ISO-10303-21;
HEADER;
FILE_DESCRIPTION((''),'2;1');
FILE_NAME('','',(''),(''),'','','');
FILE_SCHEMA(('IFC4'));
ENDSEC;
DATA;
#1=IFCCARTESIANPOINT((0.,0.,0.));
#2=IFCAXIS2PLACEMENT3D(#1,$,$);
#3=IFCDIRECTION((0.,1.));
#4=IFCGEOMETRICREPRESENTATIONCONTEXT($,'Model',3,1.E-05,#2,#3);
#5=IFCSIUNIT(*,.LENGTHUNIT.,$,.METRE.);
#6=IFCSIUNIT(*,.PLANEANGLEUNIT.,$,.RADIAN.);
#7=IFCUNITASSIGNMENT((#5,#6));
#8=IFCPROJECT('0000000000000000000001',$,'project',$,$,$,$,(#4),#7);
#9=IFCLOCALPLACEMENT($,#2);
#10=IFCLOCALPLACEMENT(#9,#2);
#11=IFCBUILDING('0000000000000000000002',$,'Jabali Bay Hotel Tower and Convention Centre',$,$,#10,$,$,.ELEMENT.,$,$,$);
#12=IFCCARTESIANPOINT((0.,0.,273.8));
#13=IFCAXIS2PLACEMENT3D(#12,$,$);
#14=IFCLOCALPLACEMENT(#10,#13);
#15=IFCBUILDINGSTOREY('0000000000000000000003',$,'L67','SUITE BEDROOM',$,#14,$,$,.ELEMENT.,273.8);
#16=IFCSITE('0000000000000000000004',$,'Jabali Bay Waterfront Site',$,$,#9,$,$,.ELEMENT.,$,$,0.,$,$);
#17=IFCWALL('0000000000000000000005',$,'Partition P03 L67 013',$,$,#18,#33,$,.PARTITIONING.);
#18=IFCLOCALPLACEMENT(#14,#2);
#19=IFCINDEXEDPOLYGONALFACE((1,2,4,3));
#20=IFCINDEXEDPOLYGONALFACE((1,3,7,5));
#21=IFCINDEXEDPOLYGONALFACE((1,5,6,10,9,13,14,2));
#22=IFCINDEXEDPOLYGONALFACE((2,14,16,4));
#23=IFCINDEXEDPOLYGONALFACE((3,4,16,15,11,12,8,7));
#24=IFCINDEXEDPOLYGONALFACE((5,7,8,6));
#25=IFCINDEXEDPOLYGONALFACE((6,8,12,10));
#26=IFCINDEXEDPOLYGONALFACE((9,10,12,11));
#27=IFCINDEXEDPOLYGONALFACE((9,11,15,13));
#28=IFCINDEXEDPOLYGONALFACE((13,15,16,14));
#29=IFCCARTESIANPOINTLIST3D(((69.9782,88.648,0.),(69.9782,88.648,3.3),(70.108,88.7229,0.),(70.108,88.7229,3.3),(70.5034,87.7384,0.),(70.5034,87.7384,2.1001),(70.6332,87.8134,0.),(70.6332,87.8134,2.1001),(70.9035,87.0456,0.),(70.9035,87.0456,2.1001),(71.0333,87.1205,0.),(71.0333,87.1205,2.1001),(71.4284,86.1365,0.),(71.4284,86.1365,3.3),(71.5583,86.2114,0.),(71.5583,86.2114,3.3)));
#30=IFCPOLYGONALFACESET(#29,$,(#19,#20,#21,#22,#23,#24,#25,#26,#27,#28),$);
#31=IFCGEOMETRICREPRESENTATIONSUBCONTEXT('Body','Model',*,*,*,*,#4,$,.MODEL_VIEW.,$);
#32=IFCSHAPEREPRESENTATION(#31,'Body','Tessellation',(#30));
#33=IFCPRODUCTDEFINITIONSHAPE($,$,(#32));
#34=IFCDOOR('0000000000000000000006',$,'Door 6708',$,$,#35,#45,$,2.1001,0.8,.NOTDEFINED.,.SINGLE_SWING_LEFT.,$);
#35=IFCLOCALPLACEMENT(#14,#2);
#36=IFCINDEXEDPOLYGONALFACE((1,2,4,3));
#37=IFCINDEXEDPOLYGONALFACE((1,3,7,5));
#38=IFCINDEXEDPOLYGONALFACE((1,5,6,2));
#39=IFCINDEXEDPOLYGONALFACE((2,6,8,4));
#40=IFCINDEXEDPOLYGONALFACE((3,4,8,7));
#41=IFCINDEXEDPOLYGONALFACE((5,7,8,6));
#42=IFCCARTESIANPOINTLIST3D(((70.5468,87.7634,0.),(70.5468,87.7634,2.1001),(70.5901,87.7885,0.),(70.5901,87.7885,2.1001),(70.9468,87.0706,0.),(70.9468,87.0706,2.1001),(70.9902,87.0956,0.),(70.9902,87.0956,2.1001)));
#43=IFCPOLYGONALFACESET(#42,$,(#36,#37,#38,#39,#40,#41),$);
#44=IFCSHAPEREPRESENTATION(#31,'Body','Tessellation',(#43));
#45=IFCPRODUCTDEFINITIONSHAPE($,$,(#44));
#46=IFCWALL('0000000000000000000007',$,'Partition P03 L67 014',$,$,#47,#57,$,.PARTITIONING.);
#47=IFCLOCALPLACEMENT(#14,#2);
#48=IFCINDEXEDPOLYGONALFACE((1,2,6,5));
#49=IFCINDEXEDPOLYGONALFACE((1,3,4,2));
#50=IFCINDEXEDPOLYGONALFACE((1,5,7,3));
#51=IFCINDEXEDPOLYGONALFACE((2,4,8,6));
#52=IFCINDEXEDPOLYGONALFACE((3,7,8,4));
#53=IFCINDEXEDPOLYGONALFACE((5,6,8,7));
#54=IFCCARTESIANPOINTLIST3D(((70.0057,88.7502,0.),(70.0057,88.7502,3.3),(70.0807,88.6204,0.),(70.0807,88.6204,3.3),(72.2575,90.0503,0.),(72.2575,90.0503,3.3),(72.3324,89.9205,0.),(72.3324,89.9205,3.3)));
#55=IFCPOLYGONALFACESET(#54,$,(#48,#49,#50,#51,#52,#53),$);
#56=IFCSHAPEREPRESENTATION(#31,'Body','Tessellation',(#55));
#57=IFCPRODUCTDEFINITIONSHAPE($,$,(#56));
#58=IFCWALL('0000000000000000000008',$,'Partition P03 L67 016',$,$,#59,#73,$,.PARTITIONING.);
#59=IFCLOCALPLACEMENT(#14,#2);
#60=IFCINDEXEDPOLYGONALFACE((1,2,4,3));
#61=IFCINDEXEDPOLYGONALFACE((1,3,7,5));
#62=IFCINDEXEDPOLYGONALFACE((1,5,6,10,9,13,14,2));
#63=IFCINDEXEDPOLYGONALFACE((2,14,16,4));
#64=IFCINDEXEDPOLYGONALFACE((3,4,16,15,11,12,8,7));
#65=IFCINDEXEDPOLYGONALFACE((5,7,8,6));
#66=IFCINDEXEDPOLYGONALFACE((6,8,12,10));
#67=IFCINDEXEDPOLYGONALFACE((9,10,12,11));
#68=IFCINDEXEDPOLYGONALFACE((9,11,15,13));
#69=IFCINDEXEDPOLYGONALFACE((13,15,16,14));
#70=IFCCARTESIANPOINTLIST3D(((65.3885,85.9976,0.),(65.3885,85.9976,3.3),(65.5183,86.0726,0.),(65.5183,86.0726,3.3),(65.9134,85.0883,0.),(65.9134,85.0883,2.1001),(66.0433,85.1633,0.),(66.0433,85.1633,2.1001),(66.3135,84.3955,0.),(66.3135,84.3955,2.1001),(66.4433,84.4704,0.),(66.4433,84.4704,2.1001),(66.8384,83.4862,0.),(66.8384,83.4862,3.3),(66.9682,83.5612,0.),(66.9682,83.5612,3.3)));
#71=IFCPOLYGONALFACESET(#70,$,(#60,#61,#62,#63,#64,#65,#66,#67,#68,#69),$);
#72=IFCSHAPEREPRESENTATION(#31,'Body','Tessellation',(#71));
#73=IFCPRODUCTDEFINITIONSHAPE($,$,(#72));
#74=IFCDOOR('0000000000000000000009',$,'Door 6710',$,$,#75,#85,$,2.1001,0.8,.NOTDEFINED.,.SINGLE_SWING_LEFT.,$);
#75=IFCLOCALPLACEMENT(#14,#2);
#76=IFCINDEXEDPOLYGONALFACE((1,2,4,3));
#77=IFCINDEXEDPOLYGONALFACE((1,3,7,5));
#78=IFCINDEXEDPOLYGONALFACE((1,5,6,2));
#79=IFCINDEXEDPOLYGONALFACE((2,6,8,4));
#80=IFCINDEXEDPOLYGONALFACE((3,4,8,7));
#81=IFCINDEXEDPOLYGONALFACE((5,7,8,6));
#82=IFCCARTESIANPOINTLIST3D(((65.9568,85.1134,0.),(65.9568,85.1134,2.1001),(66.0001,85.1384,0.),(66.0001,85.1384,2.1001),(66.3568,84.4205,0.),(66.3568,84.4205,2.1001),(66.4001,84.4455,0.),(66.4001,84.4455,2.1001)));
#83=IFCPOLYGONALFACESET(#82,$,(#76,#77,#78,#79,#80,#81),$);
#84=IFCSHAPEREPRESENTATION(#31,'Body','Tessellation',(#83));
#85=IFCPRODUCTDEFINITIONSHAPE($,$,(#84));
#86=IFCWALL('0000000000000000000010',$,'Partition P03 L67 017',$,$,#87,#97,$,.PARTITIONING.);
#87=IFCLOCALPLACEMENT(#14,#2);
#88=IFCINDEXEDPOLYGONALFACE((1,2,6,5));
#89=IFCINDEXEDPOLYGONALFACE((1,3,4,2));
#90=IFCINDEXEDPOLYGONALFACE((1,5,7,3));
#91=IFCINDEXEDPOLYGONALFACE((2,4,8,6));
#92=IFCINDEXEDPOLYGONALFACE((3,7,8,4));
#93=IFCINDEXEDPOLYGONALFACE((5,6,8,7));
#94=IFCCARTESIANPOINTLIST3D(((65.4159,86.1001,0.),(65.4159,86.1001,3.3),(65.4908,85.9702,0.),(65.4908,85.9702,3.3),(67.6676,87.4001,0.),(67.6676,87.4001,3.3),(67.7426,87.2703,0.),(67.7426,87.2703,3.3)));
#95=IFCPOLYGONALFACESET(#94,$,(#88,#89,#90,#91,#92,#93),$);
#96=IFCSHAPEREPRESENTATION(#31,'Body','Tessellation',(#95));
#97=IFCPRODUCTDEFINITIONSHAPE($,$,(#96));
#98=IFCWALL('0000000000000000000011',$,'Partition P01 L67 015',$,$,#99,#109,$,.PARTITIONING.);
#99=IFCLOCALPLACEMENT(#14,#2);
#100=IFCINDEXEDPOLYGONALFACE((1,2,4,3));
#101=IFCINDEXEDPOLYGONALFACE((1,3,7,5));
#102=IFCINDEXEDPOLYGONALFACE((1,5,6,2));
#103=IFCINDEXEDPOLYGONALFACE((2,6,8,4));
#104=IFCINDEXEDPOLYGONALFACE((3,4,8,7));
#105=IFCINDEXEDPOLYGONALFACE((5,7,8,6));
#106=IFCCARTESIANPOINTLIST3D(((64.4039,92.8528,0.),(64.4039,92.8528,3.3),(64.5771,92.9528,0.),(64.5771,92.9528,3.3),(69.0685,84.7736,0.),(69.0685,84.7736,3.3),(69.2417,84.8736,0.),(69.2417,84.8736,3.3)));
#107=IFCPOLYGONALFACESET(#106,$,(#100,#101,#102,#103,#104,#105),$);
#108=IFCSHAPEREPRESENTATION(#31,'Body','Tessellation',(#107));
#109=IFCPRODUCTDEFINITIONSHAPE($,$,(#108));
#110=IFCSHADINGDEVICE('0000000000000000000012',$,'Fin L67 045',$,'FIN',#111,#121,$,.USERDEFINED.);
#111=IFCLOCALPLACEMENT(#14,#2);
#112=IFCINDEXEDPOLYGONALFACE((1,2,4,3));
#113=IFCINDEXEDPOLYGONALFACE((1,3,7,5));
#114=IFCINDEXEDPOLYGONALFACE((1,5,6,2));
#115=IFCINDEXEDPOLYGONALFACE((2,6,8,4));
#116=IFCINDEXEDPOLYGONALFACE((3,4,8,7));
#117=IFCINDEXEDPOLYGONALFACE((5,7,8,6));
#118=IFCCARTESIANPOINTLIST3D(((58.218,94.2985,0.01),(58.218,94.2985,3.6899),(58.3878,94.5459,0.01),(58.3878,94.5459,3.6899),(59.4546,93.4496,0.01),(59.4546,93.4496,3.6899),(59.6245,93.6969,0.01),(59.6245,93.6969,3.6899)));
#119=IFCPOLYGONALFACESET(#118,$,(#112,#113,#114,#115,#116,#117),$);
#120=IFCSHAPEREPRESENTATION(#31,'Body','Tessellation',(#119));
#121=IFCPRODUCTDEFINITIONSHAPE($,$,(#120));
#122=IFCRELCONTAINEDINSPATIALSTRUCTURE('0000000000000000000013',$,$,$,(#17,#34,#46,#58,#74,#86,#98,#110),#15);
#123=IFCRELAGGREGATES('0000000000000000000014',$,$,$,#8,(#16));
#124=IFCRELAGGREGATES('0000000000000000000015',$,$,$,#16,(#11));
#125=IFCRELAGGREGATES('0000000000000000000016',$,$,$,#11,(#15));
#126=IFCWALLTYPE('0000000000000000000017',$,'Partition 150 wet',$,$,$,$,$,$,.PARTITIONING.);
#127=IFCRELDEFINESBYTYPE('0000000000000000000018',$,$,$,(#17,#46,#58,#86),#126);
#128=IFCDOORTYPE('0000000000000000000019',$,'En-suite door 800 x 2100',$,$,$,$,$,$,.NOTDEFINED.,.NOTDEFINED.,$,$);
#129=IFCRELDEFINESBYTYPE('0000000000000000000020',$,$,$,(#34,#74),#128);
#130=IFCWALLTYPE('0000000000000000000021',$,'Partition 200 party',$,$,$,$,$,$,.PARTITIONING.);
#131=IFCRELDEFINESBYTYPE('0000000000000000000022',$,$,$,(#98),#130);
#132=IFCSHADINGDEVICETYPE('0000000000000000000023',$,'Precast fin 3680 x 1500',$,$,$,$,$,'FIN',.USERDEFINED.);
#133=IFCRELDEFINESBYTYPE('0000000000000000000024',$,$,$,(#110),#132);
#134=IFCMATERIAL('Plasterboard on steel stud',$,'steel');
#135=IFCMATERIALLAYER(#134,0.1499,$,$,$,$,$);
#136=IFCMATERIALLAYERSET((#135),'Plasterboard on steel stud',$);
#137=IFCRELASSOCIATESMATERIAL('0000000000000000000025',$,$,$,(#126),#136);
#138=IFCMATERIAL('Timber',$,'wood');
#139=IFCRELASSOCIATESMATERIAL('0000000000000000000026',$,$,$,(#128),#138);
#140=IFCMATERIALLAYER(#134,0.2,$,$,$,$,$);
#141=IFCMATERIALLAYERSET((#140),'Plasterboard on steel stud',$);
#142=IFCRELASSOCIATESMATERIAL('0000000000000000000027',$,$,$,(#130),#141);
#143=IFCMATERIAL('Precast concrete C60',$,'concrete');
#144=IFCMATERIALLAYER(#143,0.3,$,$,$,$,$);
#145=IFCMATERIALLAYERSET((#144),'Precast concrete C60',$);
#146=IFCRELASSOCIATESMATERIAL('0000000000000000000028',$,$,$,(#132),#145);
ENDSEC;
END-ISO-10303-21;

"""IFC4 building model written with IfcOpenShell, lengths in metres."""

from ifc_helpers import new_model, si_unit, direction, frame, frame_2d, origin, place, context, subcontext, project, spatial, rectangle, extrude, material, layer, layer_set, type_object, element, fill, save


model = new_model("IFC4")

# Units and contexts
model_context = context("Model", 3, precision=1e-05, world=origin(), true_north=direction((0.0, 1.0)))
body_context = subcontext(model_context, "Body", "Model", "MODEL_VIEW")
ifc_project = project(units=[si_unit("LENGTHUNIT", "METRE"), si_unit("PLANEANGLEUNIT", "RADIAN")], contexts=[model_context])

# Site, building, storey
site_placement = place(None, origin())
site = spatial("IfcSite", under=ifc_project, at=site_placement, Name="Jabali Bay Waterfront Site", CompositionType="ELEMENT", RefElevation=0.0)
building_placement = place(site_placement, origin())
building = spatial("IfcBuilding", under=site, at=building_placement, Name="Jabali Bay Hotel Tower and Convention Centre", CompositionType="ELEMENT")
storey_placement = place(building_placement, frame((0.0, 0.0, 273.8)))
storey = spatial("IfcBuildingStorey", under=building, at=storey_placement, Name="L67", Description="SUITE BEDROOM", CompositionType="ELEMENT", Elevation=273.8)

# Shared definitions
ifc_material_1 = material(Name="Timber", Category="wood")

# Shared definitions
ifc_material_2 = material(Name="Plasterboard on steel stud", Category="steel")
ifc_layer_1 = layer(ifc_material_2, 0.1499)
ifc_layer_set_1 = layer_set([ifc_layer_1], Name="Plasterboard on steel stud")
wall_type_1 = type_object("IfcWallType", Name="Partition 150 wet", PredefinedType="PARTITIONING", material=ifc_layer_set_1)
door_type_1 = type_object("IfcDoorType", Name="En-suite door 800 x 2100", OperationType="NOTDEFINED", PredefinedType="NOTDEFINED", material=ifc_material_1)

# Wall, opening, door
wall_1_placement = place(storey_placement, frame((71.4934, 86.1738, 0.0), z_axis=(0.0, 0.0, 1.0), x_axis=(-0.50005, 0.865996, 0.0)))
wall_1 = element("IfcWall", 1, at=wall_1_placement, inside=storey, type_object=wall_type_1, Name="Partition P03 L67 013", PredefinedType="PARTITIONING", context=body_context, shape_type="SweptSolid", body=[
    extrude(rectangle(XDim=2.9001, YDim=0.1499, at=frame_2d((1.4502, 0.0))), origin(), (0.0, 0.0, 1.0), 3.3),
])
opening_1_placement = place(wall_1_placement, frame((1.05, 0.0, 0.0)))
opening_1 = element("IfcOpeningElement", 2, at=opening_1_placement, cuts=wall_1, PredefinedType="OPENING", context=body_context, shape_type="SweptSolid", body=[
    extrude(rectangle(XDim=0.8, YDim=2.1001, at=frame_2d((0.3999, 1.05))), frame((0.0, 0.0854, 0.0), z_axis=(0.0, -1.0, 0.0), x_axis=(1.0, 0.0, 0.0)), (0.0, 0.0, 1.0), 0.1709),
])
door_1_placement = place(opening_1_placement, origin())
door_1 = element("IfcDoor", 3, at=door_1_placement, inside=storey, type_object=door_type_1, Name="Door 6708", OperationType="SINGLE_SWING_LEFT", OverallHeight=2.1001, OverallWidth=0.8, PredefinedType="NOTDEFINED", context=body_context, shape_type="SweptSolid", body=[
    extrude(rectangle(XDim=0.8, YDim=2.1001, at=frame_2d((0.3999, 1.05))), frame((0.0, 0.0249, 0.0), z_axis=(0.0, -1.0, 0.0), x_axis=(1.0, 0.0, 0.0)), (0.0, 0.0, 1.0), 0.05),
])
fill(opening_1, door_1)

# Wall
wall_2_placement = place(storey_placement, frame((70.0432, 88.6853, 0.0), z_axis=(0.0, 0.0, 1.0), x_axis=(0.866021, 0.500007, 0.0)))
element("IfcWall", 4, at=wall_2_placement, inside=storey, type_object=wall_type_1, Name="Partition P03 L67 014", PredefinedType="PARTITIONING", context=body_context, shape_type="SweptSolid", body=[
    extrude(rectangle(XDim=2.6001, YDim=0.1499, at=frame_2d((1.3, 0.0))), origin(), (0.0, 0.0, 1.0), 3.3),
])

# Wall, opening, door
wall_3_placement = place(storey_placement, frame((66.9033, 83.5237, 0.0), z_axis=(0.0, 0.0, 1.0), x_axis=(-0.499987, 0.866033, 0.0)))
wall_3 = element("IfcWall", 5, at=wall_3_placement, inside=storey, type_object=wall_type_1, Name="Partition P03 L67 016", PredefinedType="PARTITIONING", context=body_context, shape_type="SweptSolid", body=[
    extrude(rectangle(XDim=2.8999, YDim=0.1499, at=frame_2d((1.45, 0.0))), origin(), (0.0, 0.0, 1.0), 3.3),
])
opening_2_placement = place(wall_3_placement, frame((1.05, 0.0, 0.0)))
opening_2 = element("IfcOpeningElement", 6, at=opening_2_placement, cuts=wall_3, PredefinedType="OPENING", context=body_context, shape_type="SweptSolid", body=[
    extrude(rectangle(XDim=0.8, YDim=2.1001, at=frame_2d((0.3999, 1.05))), frame((0.0, 0.0854, 0.0), z_axis=(0.0, -1.0, 0.0), x_axis=(1.0, 0.0, 0.0)), (0.0, 0.0, 1.0), 0.1709),
])
door_2_placement = place(opening_2_placement, origin())
door_2 = element("IfcDoor", 7, at=door_2_placement, inside=storey, type_object=door_type_1, Name="Door 6710", OperationType="SINGLE_SWING_LEFT", OverallHeight=2.1001, OverallWidth=0.8, PredefinedType="NOTDEFINED", context=body_context, shape_type="SweptSolid", body=[
    extrude(rectangle(XDim=0.8, YDim=2.1001, at=frame_2d((0.3999, 1.05))), frame((0.0, 0.0249, 0.0), z_axis=(0.0, -1.0, 0.0), x_axis=(1.0, 0.0, 0.0)), (0.0, 0.0, 1.0), 0.05),
])
fill(opening_2, door_2)

# Walls
wall_4_placement = place(storey_placement, frame((65.4534, 86.0352, 0.0), z_axis=(0.0, 0.0, 1.0), x_axis=(0.866021, 0.500007, 0.0)))
element("IfcWall", 8, at=wall_4_placement, inside=storey, type_object=wall_type_1, Name="Partition P03 L67 017", PredefinedType="PARTITIONING", context=body_context, shape_type="SweptSolid", body=[
    extrude(rectangle(XDim=2.6001, YDim=0.1499, at=frame_2d((1.3, 0.0))), origin(), (0.0, 0.0, 1.0), 3.3),
])
ifc_layer_2 = layer(ifc_material_2, 0.2)
ifc_layer_set_2 = layer_set([ifc_layer_2], Name="Plasterboard on steel stud")
wall_type_2 = type_object("IfcWallType", Name="Partition 200 party", PredefinedType="PARTITIONING", material=ifc_layer_set_2)
wall_5_placement = place(storey_placement, frame((64.4905, 92.9028, 0.0), z_axis=(0.0, 0.0, 1.0), x_axis=(0.500006, -0.866022, 0.0)))
element("IfcWall", 9, at=wall_5_placement, inside=storey, type_object=wall_type_2, Name="Partition P01 L67 015", PredefinedType="PARTITIONING", context=body_context, shape_type="SweptSolid", body=[
    extrude(rectangle(XDim=9.3291, YDim=0.2, at=frame_2d((4.6646, 0.0))), origin(), (0.0, 0.0, 1.0), 3.3),
])

# Shading device
ifc_material_3 = material(Name="Precast concrete C60", Category="concrete")
ifc_layer_3 = layer(ifc_material_3, 0.3)
ifc_layer_set_3 = layer_set([ifc_layer_3], Name="Precast concrete C60")
shading_device_type = type_object("IfcShadingDeviceType", Name="Precast fin 3680 x 1500", ElementType="FIN", PredefinedType="USERDEFINED", material=ifc_layer_set_3)
shading_device_placement = place(storey_placement, frame((59.5396, 93.5732, 0.01), z_axis=(0.0, 0.0, 1.0), x_axis=(-0.824436, 0.565955, 0.0)))
element("IfcShadingDevice", 10, at=shading_device_placement, inside=storey, type_object=shading_device_type, Name="Fin L67 045", ObjectType="FIN", PredefinedType="USERDEFINED", context=body_context, shape_type="SweptSolid", body=[
    extrude(rectangle(XDim=1.5, YDim=0.3, at=frame_2d((0.75, 0.0))), origin(), (0.0, 0.0, 1.0), 3.6799),
])

save(model, "model.ifc")
